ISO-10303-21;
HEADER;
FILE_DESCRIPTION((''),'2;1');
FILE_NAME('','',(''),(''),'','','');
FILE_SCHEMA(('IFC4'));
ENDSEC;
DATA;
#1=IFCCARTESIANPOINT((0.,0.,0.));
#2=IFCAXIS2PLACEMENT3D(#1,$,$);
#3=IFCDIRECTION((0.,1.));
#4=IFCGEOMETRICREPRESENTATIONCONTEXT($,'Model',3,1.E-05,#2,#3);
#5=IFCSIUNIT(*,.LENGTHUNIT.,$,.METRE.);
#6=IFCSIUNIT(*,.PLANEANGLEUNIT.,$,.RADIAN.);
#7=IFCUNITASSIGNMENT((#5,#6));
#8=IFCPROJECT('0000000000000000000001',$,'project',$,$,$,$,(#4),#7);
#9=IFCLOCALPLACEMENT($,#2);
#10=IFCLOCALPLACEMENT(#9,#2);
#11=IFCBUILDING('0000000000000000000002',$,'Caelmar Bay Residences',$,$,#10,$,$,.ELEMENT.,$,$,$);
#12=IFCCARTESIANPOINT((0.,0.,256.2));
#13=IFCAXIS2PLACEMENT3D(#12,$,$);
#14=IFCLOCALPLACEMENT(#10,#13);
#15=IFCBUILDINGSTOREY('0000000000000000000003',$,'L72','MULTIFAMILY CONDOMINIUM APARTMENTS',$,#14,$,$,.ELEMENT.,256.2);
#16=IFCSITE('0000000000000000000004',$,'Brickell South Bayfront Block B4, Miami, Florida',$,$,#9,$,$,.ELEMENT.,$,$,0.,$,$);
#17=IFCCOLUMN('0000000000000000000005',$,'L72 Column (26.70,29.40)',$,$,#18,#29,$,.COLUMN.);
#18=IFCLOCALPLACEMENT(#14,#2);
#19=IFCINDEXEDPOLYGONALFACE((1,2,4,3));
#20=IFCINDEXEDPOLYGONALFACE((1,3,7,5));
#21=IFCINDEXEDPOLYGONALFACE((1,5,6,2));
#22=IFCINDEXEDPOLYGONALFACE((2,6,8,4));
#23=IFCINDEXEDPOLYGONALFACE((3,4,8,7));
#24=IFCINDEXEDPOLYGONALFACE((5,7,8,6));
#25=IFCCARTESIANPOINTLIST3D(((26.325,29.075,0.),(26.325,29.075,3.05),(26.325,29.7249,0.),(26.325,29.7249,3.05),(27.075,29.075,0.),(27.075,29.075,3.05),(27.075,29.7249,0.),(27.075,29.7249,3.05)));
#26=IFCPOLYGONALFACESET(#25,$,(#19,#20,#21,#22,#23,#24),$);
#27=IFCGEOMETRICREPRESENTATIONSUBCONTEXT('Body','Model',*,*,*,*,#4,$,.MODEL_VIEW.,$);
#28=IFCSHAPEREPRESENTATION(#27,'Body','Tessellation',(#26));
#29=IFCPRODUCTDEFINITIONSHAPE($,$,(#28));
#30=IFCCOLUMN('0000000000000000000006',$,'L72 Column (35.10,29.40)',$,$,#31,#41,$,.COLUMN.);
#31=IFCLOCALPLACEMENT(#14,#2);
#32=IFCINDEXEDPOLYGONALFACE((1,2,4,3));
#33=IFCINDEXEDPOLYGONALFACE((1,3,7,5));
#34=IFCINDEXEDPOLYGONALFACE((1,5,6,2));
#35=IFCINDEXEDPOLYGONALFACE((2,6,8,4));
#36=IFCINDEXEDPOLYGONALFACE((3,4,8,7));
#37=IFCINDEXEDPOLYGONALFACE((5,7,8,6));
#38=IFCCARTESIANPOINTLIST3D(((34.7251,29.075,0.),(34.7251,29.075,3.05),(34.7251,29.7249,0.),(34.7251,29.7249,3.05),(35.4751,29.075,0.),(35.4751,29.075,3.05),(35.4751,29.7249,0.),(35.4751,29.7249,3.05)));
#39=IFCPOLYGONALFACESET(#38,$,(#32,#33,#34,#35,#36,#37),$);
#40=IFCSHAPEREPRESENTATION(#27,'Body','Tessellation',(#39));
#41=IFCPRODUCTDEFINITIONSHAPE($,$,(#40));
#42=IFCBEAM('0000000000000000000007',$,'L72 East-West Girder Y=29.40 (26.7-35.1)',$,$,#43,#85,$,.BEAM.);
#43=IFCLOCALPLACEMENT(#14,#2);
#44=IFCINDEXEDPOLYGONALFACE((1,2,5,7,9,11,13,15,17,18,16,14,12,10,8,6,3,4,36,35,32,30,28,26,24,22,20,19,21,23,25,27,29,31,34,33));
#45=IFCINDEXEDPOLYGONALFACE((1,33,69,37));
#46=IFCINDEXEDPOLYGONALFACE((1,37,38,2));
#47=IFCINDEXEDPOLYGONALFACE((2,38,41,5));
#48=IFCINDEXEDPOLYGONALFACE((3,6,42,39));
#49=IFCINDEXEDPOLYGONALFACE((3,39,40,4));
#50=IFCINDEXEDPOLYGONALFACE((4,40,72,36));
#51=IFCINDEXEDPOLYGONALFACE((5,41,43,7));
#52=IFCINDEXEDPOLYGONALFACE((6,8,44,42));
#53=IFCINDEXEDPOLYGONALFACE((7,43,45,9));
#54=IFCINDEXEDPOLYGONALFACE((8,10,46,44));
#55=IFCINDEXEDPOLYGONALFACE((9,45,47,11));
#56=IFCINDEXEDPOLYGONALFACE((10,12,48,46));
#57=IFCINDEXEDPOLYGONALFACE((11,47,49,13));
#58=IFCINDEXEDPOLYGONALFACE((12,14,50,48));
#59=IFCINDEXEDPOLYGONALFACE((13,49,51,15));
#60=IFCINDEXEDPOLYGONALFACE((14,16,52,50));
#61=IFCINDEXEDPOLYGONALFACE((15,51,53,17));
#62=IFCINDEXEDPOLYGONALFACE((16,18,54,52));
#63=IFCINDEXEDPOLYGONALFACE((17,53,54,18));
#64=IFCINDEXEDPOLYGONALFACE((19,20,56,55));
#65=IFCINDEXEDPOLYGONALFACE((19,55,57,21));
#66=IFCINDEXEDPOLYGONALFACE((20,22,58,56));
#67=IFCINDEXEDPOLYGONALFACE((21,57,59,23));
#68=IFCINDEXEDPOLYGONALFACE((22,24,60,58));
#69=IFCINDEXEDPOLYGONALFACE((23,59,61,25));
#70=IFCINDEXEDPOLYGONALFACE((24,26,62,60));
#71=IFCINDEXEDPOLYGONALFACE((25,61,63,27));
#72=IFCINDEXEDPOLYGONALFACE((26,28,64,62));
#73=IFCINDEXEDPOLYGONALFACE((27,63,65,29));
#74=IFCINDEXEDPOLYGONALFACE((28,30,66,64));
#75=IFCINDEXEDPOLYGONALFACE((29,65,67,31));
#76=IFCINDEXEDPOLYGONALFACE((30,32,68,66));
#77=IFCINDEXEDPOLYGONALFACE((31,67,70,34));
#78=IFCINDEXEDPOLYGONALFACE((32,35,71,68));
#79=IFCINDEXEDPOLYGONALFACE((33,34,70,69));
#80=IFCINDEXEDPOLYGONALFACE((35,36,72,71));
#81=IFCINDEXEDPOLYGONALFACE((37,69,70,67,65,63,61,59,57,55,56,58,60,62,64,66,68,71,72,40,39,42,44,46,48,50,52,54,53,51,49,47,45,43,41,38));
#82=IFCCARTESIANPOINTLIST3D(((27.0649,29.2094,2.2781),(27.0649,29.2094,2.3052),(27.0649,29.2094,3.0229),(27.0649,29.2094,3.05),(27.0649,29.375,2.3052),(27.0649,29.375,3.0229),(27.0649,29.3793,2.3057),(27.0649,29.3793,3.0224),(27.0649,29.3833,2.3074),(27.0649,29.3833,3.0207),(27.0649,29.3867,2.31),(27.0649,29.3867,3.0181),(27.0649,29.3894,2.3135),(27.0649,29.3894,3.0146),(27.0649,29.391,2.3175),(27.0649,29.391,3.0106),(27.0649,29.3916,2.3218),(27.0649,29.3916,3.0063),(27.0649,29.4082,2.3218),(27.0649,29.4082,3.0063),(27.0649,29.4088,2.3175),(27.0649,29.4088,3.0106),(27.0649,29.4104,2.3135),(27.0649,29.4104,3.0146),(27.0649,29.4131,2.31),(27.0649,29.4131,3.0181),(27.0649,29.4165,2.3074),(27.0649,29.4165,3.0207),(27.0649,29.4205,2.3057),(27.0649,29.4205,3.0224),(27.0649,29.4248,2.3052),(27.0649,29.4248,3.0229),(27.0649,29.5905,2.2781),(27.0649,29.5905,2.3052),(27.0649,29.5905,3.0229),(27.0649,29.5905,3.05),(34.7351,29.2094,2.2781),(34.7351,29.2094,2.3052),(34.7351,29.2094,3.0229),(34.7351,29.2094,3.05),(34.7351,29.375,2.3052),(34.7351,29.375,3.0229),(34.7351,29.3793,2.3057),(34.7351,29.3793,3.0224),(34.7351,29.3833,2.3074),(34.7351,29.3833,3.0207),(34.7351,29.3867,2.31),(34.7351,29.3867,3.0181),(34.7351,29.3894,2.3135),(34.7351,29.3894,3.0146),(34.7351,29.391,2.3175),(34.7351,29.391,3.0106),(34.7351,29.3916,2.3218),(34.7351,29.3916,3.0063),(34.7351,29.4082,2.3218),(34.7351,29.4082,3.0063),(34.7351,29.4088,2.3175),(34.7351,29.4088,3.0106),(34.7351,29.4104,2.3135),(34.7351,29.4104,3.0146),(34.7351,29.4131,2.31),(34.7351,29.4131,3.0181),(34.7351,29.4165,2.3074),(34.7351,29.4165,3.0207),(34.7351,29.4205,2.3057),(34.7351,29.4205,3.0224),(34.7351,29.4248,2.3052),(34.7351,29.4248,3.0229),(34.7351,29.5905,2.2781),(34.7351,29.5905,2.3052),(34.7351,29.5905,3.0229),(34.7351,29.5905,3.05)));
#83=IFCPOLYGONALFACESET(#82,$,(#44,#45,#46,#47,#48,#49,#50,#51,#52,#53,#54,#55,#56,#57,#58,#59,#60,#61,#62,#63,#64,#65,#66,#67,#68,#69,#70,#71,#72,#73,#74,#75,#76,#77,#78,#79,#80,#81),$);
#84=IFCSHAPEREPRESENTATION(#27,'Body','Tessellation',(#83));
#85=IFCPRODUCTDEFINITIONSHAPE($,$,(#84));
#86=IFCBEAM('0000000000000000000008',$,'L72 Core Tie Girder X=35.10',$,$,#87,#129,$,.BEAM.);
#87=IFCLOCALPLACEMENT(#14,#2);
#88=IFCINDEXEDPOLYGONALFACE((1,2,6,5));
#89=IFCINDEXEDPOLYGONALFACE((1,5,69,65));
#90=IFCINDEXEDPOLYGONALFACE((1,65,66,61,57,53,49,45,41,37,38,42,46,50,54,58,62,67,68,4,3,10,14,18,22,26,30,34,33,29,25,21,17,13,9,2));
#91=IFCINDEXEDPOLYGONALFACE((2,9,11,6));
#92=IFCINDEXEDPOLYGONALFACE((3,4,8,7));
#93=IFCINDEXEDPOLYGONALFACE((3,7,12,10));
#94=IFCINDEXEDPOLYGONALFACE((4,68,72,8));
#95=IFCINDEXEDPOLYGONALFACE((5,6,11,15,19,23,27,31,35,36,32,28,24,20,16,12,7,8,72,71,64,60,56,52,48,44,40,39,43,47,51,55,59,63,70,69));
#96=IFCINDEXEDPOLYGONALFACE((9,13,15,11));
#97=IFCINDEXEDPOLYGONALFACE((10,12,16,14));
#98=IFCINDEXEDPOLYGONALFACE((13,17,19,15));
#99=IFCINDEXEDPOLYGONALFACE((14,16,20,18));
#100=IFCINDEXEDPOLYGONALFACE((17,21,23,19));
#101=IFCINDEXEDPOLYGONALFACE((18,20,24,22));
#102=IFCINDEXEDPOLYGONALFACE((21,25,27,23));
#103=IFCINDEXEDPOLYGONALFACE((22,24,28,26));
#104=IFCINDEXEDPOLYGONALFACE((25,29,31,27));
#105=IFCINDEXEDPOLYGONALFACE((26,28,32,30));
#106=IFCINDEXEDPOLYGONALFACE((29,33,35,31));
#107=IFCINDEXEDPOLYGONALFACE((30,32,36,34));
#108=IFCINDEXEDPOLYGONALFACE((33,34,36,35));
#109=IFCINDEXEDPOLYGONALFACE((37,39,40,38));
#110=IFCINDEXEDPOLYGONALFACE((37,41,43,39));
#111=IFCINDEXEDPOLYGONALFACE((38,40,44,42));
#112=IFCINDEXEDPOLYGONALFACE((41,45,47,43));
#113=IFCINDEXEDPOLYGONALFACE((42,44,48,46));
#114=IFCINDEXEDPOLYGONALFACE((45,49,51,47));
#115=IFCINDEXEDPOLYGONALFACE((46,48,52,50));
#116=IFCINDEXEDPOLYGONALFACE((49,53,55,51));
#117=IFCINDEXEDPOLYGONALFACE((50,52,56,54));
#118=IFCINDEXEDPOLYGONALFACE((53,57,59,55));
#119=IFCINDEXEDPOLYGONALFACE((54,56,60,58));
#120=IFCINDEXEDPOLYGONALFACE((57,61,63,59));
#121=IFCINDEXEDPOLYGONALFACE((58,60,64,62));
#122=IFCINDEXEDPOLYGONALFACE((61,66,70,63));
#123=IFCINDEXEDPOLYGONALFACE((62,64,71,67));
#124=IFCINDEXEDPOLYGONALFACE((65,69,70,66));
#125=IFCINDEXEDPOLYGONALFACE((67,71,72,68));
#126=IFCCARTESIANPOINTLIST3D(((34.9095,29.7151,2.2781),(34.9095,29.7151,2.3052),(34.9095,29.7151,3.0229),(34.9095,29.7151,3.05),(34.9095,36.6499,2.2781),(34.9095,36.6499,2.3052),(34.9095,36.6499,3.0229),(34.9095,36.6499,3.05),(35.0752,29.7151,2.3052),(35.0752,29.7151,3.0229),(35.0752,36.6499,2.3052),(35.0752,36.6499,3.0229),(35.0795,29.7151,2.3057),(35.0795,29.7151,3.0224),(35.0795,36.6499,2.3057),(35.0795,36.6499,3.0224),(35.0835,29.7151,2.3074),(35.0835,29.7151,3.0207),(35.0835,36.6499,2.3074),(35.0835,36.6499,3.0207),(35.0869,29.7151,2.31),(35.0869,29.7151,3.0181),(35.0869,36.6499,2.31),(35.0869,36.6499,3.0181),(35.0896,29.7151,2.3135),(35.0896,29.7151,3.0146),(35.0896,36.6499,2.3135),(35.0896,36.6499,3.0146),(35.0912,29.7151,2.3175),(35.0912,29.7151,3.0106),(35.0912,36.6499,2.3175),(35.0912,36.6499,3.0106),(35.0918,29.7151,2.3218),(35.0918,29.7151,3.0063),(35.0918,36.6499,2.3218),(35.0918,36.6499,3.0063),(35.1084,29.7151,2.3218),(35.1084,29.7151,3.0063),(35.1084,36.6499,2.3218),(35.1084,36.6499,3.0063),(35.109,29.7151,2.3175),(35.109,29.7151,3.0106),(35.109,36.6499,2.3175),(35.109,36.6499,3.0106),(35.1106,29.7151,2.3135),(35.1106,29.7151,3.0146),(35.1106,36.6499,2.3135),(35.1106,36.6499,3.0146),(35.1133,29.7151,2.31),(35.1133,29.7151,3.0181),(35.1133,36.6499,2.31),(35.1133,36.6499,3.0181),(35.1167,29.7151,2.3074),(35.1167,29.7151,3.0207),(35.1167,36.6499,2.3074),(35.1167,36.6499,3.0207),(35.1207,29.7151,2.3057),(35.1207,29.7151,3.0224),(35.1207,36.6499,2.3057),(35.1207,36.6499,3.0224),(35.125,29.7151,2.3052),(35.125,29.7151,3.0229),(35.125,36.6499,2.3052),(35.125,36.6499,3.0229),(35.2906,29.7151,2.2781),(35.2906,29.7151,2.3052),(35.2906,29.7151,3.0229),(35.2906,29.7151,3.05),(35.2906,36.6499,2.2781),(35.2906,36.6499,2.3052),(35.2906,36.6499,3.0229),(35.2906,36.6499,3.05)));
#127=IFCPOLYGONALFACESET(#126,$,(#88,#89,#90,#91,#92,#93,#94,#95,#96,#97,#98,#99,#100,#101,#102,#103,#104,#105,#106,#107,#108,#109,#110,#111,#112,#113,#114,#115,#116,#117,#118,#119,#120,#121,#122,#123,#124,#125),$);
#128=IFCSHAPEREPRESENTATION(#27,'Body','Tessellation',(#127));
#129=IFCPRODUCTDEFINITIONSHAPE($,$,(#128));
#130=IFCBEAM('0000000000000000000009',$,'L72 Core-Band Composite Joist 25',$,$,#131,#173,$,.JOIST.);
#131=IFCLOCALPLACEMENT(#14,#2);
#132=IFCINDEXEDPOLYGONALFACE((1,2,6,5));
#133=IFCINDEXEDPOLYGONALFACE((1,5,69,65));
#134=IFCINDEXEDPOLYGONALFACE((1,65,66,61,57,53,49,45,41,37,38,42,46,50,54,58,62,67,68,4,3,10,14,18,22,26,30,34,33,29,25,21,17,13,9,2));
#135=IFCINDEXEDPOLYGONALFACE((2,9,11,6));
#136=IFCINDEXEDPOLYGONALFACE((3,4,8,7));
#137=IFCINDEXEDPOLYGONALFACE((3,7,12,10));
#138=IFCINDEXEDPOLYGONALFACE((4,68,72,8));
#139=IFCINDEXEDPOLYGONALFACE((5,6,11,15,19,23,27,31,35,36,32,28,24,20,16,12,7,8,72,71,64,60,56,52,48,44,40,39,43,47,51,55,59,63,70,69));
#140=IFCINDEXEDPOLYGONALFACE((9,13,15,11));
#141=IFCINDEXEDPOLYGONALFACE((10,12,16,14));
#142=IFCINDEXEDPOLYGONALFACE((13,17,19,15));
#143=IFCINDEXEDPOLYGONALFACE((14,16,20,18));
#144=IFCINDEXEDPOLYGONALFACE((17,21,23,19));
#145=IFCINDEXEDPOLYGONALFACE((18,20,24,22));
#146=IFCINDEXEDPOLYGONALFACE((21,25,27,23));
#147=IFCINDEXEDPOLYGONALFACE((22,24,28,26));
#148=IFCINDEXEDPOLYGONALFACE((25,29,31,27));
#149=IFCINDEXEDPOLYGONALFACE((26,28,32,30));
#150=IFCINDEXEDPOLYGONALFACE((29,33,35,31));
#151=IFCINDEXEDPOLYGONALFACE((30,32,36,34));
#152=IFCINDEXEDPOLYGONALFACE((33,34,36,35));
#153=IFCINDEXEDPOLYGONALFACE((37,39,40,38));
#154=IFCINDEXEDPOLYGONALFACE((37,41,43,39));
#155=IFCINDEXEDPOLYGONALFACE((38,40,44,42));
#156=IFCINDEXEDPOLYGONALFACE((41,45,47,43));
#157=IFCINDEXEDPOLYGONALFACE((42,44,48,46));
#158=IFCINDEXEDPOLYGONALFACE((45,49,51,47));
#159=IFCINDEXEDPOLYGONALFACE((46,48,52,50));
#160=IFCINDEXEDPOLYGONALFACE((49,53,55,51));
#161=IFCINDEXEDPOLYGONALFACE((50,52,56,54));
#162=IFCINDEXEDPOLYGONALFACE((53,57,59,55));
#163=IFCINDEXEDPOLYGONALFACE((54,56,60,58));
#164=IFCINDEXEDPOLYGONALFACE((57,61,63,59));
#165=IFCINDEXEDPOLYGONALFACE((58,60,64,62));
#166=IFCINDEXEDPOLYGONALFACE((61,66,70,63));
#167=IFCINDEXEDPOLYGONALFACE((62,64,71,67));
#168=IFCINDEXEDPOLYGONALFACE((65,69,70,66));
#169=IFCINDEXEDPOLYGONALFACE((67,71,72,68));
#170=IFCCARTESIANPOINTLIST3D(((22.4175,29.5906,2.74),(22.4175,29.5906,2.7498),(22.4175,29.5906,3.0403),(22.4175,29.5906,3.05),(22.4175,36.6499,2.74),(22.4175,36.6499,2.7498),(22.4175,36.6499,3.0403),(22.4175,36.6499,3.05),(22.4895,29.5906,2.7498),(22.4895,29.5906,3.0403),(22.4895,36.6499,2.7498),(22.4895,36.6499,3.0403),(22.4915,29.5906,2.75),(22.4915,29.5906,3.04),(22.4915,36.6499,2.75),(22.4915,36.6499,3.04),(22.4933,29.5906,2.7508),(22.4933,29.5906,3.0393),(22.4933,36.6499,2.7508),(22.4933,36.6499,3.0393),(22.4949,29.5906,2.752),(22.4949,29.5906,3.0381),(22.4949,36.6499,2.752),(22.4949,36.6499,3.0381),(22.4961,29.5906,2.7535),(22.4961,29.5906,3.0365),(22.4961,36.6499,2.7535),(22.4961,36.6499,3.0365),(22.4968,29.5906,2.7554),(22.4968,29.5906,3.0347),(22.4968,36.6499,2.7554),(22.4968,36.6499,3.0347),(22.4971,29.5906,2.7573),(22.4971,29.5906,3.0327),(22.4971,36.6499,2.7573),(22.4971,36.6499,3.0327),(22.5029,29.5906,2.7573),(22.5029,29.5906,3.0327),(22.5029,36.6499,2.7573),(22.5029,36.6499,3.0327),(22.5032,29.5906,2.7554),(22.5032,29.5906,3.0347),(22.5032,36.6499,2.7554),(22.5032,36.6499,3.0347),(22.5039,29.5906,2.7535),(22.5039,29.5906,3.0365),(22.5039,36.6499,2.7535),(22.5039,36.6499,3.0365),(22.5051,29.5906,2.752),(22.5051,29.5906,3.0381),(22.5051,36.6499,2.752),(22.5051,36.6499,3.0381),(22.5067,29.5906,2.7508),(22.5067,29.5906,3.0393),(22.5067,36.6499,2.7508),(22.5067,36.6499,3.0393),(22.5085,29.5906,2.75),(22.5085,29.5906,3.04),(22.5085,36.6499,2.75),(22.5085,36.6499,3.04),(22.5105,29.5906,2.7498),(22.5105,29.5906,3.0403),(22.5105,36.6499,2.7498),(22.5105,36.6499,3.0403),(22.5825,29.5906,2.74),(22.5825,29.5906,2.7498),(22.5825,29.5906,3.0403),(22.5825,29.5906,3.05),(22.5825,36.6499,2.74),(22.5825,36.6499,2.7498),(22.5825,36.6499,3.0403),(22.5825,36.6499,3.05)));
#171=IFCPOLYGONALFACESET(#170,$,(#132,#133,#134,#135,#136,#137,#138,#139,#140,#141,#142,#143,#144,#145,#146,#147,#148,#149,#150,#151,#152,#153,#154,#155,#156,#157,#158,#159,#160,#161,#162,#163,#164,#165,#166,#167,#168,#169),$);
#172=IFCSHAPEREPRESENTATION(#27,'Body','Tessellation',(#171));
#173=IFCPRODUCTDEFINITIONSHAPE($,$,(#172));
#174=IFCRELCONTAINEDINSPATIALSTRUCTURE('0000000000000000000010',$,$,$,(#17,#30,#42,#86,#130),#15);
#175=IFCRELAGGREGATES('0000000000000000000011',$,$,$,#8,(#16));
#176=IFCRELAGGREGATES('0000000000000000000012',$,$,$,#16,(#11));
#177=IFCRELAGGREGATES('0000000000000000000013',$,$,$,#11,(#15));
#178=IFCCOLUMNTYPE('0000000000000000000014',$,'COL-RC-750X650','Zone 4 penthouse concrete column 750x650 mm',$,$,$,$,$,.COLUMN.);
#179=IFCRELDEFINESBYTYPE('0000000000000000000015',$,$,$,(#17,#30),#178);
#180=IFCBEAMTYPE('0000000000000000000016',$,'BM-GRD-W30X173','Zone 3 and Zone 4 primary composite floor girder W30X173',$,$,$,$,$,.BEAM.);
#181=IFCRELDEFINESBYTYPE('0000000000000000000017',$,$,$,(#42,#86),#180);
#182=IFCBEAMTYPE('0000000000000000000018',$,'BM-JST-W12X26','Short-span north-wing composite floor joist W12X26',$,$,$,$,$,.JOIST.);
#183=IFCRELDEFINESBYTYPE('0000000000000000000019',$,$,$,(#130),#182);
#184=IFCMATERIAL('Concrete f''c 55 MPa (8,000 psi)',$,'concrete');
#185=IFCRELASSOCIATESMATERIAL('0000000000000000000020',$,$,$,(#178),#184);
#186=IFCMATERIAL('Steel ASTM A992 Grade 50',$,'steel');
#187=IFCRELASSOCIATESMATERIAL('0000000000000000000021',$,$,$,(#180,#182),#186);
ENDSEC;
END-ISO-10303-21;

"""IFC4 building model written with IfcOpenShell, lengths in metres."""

from ifc_helpers import new_model, si_unit, direction, frame, origin, origin_2d, place, context, subcontext, project, spatial, rectangle, i_section, extrude, material, material_profile, profile_set, type_object, element, save


model = new_model("IFC4")

# Units and contexts
model_context = context("Model", 3, precision=1e-05, world=origin(), true_north=direction((0.0, 1.0)))
body_context = subcontext(model_context, "Body", "Model", "MODEL_VIEW")
ifc_project = project(units=[si_unit("LENGTHUNIT", "METRE"), si_unit("PLANEANGLEUNIT", "RADIAN")], contexts=[model_context])

# Site, building, storey
site_placement = place(None, origin())
site = spatial("IfcSite", under=ifc_project, at=site_placement, Name="Brickell South Bayfront Block B4, Miami, Florida", CompositionType="ELEMENT", RefElevation=0.0)
building_placement = place(site_placement, origin())
building = spatial("IfcBuilding", under=site, at=building_placement, Name="Caelmar Bay Residences", CompositionType="ELEMENT")
storey_placement = place(building_placement, frame((0.0, 0.0, 256.2)))
storey = spatial("IfcBuildingStorey", under=building, at=storey_placement, Name="L72", Description="MULTIFAMILY CONDOMINIUM APARTMENTS", CompositionType="ELEMENT", Elevation=256.2)

# Columns
ifc_material_1 = material(Name="Concrete f'c 55 MPa (8,000 psi)", Category="concrete")
ifc_material_profile_1 = material_profile(ifc_material_1, rectangle(XDim=0.75, YDim=0.6499, at=origin_2d()), Name="RC-COL-750X650")
ifc_profile_set_1 = profile_set([ifc_material_profile_1], Name="Concrete f'c 55 MPa (8,000 psi)")
column_type = type_object("IfcColumnType", Name="COL-RC-750X650", Description="Zone 4 penthouse concrete column 750x650 mm", PredefinedType="COLUMN", material=ifc_profile_set_1)
for number, where, z_axis, x_axis, name in (
    (1, (26.7, 29.3999, 0.0), (0.0, 0.0, 1.0), (1.0, 0.0, 0.0), "L72 Column (26.70,29.40)"),
    (2, (35.1001, 29.3999, 0.0), (0.0, 0.0, 1.0), (1.0, 0.0, 0.0), "L72 Column (35.10,29.40)"),
):
    element("IfcColumn", number, at=place(storey_placement, frame(where, z_axis=z_axis, x_axis=x_axis)), inside=storey, type_object=column_type, Name=name, PredefinedType="COLUMN", context=body_context, shape_type="SweptSolid", body=[
        extrude(rectangle(XDim=0.75, YDim=0.6499, at=origin_2d()), origin(), (0.0, 0.0, 1.0), 3.05),
    ])

# Beams
ifc_material_2 = material(Name="Steel ASTM A992 Grade 50", Category="steel")
ifc_material_profile_2 = material_profile(ifc_material_2, i_section(OverallWidth=0.3811, OverallDepth=0.772, WebThickness=0.0166, FlangeThickness=0.0271, FilletRadius=0.0166, at=origin_2d()), Name="W30X173")
ifc_profile_set_2 = profile_set([ifc_material_profile_2], Name="Steel ASTM A992 Grade 50")
beam_type_1 = type_object("IfcBeamType", Name="BM-GRD-W30X173", Description="Zone 3 and Zone 4 primary composite floor girder W30X173", PredefinedType="BEAM", material=ifc_profile_set_2)
beam_1_placement = place(storey_placement, frame((27.0649, 29.3999, 2.6641), z_axis=(1.0, 0.0, 0.0), x_axis=(0.0, 1.0, 0.0)))
element("IfcBeam", 3, at=beam_1_placement, inside=storey, type_object=beam_type_1, Name="L72 East-West Girder Y=29.40 (26.7-35.1)", PredefinedType="BEAM", context=body_context, shape_type="SweptSolid", body=[
    extrude(i_section(OverallWidth=0.3811, OverallDepth=0.772, WebThickness=0.0166, FlangeThickness=0.0271, FilletRadius=0.0166, at=origin_2d()), origin(), (0.0, 0.0, 1.0), 7.6702),
])
beam_2_placement = place(storey_placement, frame((35.1001, 29.7151, 2.6641), z_axis=(0.0, 1.0, 0.0), x_axis=(-1.0, 0.0, 0.0)))
element("IfcBeam", 4, at=beam_2_placement, inside=storey, type_object=beam_type_1, Name="L72 Core Tie Girder X=35.10", PredefinedType="BEAM", context=body_context, shape_type="SweptSolid", body=[
    extrude(i_section(OverallWidth=0.3811, OverallDepth=0.772, WebThickness=0.0166, FlangeThickness=0.0271, FilletRadius=0.0166, at=origin_2d()), origin(), (0.0, 0.0, 1.0), 6.9348),
])
ifc_material_profile_3 = material_profile(ifc_material_2, i_section(OverallWidth=0.165, OverallDepth=0.3101, WebThickness=0.0059, FlangeThickness=0.0098, FilletRadius=0.0076, at=origin_2d()), Name="W12X26")
ifc_profile_set_3 = profile_set([ifc_material_profile_3], Name="Steel ASTM A992 Grade 50")
beam_type_2 = type_object("IfcBeamType", Name="BM-JST-W12X26", Description="Short-span north-wing composite floor joist W12X26", PredefinedType="JOIST", material=ifc_profile_set_3)
for number, where, z_axis, x_axis, name in (
    (5, (22.5, 29.5906, 2.895), (0.0, 1.0, 0.0), (-1.0, 0.0, 0.0), "L72 Core-Band Composite Joist 25"),
):
    element("IfcBeam", number, at=place(storey_placement, frame(where, z_axis=z_axis, x_axis=x_axis)), inside=storey, type_object=beam_type_2, Name=name, PredefinedType="JOIST", context=body_context, shape_type="SweptSolid", body=[
        extrude(i_section(OverallWidth=0.165, OverallDepth=0.3101, WebThickness=0.0059, FlangeThickness=0.0098, FilletRadius=0.0076, at=origin_2d()), origin(), (0.0, 0.0, 1.0), 7.0593),
    ])

save(model, "model.ifc")
